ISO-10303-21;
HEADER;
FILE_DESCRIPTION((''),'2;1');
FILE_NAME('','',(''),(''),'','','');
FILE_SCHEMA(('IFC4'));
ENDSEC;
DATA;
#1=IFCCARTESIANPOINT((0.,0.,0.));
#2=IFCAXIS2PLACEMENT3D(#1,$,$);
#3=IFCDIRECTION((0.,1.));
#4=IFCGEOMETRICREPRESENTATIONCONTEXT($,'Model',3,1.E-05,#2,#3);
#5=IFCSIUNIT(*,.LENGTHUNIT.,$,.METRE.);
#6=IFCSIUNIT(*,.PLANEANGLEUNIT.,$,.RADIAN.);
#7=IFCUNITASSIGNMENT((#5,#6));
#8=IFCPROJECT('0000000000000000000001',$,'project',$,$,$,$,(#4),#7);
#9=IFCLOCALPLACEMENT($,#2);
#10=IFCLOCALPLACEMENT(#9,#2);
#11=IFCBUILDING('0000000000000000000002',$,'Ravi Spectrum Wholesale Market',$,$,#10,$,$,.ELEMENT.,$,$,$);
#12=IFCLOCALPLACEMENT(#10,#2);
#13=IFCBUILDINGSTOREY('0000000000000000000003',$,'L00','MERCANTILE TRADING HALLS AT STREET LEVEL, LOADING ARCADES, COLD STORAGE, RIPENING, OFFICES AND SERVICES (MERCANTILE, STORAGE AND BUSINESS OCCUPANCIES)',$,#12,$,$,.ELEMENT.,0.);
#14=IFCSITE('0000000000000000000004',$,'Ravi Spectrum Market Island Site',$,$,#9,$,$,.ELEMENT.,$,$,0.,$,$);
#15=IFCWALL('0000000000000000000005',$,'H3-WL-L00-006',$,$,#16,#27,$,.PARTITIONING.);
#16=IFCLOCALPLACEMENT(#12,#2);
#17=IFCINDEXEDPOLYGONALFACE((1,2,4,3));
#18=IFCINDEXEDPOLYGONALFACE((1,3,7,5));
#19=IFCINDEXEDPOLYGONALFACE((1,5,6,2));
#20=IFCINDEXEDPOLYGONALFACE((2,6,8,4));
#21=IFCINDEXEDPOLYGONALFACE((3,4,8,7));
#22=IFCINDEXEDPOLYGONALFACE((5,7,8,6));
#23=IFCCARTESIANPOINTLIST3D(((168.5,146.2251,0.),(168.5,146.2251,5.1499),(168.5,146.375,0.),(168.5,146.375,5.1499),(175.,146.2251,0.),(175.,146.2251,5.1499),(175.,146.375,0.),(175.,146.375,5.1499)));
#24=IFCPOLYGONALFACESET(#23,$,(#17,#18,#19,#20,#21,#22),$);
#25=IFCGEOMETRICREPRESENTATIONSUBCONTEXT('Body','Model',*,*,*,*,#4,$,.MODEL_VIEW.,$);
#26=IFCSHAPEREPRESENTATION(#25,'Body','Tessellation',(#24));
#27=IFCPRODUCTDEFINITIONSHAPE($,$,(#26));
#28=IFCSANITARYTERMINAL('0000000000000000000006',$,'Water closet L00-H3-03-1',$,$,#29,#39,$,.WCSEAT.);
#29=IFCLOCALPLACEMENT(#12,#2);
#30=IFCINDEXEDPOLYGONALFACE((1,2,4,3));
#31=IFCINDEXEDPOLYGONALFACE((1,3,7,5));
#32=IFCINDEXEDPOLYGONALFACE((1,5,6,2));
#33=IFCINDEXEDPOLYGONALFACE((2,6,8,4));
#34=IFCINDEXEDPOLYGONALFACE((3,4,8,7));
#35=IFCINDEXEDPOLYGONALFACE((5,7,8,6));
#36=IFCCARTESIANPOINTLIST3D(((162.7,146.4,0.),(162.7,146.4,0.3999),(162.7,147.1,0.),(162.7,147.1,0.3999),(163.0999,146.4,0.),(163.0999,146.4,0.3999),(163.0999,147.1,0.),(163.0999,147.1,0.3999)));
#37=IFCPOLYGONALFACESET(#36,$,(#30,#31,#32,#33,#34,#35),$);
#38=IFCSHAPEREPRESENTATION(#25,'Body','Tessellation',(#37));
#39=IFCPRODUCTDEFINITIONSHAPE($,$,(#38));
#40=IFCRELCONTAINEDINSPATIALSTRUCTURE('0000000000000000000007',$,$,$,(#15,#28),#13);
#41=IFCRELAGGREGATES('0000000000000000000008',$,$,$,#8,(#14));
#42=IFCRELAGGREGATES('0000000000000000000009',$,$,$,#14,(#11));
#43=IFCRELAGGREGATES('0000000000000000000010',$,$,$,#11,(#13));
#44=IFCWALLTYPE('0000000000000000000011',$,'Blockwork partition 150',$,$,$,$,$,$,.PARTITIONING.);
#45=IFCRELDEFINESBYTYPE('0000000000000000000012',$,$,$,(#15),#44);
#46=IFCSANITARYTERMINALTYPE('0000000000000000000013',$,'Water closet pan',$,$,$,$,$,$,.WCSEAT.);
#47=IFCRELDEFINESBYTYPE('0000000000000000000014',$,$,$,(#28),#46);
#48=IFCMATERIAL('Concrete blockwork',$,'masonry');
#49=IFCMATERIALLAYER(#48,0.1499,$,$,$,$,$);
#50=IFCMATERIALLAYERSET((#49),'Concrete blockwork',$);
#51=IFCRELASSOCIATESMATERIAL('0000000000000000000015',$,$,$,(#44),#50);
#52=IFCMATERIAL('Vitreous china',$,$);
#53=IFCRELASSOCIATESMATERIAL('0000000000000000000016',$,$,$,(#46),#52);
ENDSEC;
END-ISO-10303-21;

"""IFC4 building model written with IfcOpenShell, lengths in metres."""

from ifc_helpers import new_model, si_unit, direction, frame, frame_2d, origin, origin_2d, place, context, subcontext, project, spatial, rectangle, extrude, material, layer, layer_set, type_object, element, save


model = new_model("IFC4")

# Units and contexts
model_context = context("Model", 3, precision=1e-05, world=origin(), true_north=direction((0.0, 1.0)))
body_context = subcontext(model_context, "Body", "Model", "MODEL_VIEW")
ifc_project = project(units=[si_unit("LENGTHUNIT", "METRE"), si_unit("PLANEANGLEUNIT", "RADIAN")], contexts=[model_context])

# Site, building, storey
site_placement = place(None, origin())
site = spatial("IfcSite", under=ifc_project, at=site_placement, Name="Ravi Spectrum Market Island Site", CompositionType="ELEMENT", RefElevation=0.0)
building_placement = place(site_placement, origin())
building = spatial("IfcBuilding", under=site, at=building_placement, Name="Ravi Spectrum Wholesale Market", CompositionType="ELEMENT")
storey_placement = place(building_placement, origin())
storey = spatial("IfcBuildingStorey", under=building, at=storey_placement, Name="L00", Description="MERCANTILE TRADING HALLS AT STREET LEVEL, LOADING ARCADES, COLD STORAGE, RIPENING, OFFICES AND SERVICES (MERCANTILE, STORAGE AND BUSINESS OCCUPANCIES)", CompositionType="ELEMENT", Elevation=0.0)

# Wall
ifc_material_1 = material(Name="Concrete blockwork", Category="masonry")
ifc_layer = layer(ifc_material_1, 0.1499)
ifc_layer_set = layer_set([ifc_layer], Name="Concrete blockwork")
wall_type = type_object("IfcWallType", Name="Blockwork partition 150", PredefinedType="PARTITIONING", material=ifc_layer_set)
wall_placement = place(storey_placement, frame((168.5, 146.3, 0.0), z_axis=(0.0, 0.0, 1.0), x_axis=(1.0, 0.0, 0.0)))
element("IfcWall", 1, at=wall_placement, inside=storey, type_object=wall_type, Name="H3-WL-L00-006", PredefinedType="PARTITIONING", context=body_context, shape_type="SweptSolid", body=[
    extrude(rectangle(XDim=6.5, YDim=0.1499, at=frame_2d((3.25, 0.0))), origin(), (0.0, 0.0, 1.0), 5.1499),
])

# Sanitary terminal
ifc_material_2 = material(Name="Vitreous china")
sanitary_terminal_type = type_object("IfcSanitaryTerminalType", Name="Water closet pan", PredefinedType="WCSEAT", material=ifc_material_2)
sanitary_terminal_placement = place(storey_placement, frame((162.8999, 146.75, 0.0), z_axis=(0.0, 0.0, 1.0), x_axis=(1.0, 0.0, 0.0)))
element("IfcSanitaryTerminal", 2, at=sanitary_terminal_placement, inside=storey, type_object=sanitary_terminal_type, Name="Water closet L00-H3-03-1", PredefinedType="WCSEAT", context=body_context, shape_type="SweptSolid", body=[
    extrude(rectangle(XDim=0.3999, YDim=0.7, at=origin_2d()), origin(), (0.0, 0.0, 1.0), 0.3999),
])

save(model, "model.ifc")
